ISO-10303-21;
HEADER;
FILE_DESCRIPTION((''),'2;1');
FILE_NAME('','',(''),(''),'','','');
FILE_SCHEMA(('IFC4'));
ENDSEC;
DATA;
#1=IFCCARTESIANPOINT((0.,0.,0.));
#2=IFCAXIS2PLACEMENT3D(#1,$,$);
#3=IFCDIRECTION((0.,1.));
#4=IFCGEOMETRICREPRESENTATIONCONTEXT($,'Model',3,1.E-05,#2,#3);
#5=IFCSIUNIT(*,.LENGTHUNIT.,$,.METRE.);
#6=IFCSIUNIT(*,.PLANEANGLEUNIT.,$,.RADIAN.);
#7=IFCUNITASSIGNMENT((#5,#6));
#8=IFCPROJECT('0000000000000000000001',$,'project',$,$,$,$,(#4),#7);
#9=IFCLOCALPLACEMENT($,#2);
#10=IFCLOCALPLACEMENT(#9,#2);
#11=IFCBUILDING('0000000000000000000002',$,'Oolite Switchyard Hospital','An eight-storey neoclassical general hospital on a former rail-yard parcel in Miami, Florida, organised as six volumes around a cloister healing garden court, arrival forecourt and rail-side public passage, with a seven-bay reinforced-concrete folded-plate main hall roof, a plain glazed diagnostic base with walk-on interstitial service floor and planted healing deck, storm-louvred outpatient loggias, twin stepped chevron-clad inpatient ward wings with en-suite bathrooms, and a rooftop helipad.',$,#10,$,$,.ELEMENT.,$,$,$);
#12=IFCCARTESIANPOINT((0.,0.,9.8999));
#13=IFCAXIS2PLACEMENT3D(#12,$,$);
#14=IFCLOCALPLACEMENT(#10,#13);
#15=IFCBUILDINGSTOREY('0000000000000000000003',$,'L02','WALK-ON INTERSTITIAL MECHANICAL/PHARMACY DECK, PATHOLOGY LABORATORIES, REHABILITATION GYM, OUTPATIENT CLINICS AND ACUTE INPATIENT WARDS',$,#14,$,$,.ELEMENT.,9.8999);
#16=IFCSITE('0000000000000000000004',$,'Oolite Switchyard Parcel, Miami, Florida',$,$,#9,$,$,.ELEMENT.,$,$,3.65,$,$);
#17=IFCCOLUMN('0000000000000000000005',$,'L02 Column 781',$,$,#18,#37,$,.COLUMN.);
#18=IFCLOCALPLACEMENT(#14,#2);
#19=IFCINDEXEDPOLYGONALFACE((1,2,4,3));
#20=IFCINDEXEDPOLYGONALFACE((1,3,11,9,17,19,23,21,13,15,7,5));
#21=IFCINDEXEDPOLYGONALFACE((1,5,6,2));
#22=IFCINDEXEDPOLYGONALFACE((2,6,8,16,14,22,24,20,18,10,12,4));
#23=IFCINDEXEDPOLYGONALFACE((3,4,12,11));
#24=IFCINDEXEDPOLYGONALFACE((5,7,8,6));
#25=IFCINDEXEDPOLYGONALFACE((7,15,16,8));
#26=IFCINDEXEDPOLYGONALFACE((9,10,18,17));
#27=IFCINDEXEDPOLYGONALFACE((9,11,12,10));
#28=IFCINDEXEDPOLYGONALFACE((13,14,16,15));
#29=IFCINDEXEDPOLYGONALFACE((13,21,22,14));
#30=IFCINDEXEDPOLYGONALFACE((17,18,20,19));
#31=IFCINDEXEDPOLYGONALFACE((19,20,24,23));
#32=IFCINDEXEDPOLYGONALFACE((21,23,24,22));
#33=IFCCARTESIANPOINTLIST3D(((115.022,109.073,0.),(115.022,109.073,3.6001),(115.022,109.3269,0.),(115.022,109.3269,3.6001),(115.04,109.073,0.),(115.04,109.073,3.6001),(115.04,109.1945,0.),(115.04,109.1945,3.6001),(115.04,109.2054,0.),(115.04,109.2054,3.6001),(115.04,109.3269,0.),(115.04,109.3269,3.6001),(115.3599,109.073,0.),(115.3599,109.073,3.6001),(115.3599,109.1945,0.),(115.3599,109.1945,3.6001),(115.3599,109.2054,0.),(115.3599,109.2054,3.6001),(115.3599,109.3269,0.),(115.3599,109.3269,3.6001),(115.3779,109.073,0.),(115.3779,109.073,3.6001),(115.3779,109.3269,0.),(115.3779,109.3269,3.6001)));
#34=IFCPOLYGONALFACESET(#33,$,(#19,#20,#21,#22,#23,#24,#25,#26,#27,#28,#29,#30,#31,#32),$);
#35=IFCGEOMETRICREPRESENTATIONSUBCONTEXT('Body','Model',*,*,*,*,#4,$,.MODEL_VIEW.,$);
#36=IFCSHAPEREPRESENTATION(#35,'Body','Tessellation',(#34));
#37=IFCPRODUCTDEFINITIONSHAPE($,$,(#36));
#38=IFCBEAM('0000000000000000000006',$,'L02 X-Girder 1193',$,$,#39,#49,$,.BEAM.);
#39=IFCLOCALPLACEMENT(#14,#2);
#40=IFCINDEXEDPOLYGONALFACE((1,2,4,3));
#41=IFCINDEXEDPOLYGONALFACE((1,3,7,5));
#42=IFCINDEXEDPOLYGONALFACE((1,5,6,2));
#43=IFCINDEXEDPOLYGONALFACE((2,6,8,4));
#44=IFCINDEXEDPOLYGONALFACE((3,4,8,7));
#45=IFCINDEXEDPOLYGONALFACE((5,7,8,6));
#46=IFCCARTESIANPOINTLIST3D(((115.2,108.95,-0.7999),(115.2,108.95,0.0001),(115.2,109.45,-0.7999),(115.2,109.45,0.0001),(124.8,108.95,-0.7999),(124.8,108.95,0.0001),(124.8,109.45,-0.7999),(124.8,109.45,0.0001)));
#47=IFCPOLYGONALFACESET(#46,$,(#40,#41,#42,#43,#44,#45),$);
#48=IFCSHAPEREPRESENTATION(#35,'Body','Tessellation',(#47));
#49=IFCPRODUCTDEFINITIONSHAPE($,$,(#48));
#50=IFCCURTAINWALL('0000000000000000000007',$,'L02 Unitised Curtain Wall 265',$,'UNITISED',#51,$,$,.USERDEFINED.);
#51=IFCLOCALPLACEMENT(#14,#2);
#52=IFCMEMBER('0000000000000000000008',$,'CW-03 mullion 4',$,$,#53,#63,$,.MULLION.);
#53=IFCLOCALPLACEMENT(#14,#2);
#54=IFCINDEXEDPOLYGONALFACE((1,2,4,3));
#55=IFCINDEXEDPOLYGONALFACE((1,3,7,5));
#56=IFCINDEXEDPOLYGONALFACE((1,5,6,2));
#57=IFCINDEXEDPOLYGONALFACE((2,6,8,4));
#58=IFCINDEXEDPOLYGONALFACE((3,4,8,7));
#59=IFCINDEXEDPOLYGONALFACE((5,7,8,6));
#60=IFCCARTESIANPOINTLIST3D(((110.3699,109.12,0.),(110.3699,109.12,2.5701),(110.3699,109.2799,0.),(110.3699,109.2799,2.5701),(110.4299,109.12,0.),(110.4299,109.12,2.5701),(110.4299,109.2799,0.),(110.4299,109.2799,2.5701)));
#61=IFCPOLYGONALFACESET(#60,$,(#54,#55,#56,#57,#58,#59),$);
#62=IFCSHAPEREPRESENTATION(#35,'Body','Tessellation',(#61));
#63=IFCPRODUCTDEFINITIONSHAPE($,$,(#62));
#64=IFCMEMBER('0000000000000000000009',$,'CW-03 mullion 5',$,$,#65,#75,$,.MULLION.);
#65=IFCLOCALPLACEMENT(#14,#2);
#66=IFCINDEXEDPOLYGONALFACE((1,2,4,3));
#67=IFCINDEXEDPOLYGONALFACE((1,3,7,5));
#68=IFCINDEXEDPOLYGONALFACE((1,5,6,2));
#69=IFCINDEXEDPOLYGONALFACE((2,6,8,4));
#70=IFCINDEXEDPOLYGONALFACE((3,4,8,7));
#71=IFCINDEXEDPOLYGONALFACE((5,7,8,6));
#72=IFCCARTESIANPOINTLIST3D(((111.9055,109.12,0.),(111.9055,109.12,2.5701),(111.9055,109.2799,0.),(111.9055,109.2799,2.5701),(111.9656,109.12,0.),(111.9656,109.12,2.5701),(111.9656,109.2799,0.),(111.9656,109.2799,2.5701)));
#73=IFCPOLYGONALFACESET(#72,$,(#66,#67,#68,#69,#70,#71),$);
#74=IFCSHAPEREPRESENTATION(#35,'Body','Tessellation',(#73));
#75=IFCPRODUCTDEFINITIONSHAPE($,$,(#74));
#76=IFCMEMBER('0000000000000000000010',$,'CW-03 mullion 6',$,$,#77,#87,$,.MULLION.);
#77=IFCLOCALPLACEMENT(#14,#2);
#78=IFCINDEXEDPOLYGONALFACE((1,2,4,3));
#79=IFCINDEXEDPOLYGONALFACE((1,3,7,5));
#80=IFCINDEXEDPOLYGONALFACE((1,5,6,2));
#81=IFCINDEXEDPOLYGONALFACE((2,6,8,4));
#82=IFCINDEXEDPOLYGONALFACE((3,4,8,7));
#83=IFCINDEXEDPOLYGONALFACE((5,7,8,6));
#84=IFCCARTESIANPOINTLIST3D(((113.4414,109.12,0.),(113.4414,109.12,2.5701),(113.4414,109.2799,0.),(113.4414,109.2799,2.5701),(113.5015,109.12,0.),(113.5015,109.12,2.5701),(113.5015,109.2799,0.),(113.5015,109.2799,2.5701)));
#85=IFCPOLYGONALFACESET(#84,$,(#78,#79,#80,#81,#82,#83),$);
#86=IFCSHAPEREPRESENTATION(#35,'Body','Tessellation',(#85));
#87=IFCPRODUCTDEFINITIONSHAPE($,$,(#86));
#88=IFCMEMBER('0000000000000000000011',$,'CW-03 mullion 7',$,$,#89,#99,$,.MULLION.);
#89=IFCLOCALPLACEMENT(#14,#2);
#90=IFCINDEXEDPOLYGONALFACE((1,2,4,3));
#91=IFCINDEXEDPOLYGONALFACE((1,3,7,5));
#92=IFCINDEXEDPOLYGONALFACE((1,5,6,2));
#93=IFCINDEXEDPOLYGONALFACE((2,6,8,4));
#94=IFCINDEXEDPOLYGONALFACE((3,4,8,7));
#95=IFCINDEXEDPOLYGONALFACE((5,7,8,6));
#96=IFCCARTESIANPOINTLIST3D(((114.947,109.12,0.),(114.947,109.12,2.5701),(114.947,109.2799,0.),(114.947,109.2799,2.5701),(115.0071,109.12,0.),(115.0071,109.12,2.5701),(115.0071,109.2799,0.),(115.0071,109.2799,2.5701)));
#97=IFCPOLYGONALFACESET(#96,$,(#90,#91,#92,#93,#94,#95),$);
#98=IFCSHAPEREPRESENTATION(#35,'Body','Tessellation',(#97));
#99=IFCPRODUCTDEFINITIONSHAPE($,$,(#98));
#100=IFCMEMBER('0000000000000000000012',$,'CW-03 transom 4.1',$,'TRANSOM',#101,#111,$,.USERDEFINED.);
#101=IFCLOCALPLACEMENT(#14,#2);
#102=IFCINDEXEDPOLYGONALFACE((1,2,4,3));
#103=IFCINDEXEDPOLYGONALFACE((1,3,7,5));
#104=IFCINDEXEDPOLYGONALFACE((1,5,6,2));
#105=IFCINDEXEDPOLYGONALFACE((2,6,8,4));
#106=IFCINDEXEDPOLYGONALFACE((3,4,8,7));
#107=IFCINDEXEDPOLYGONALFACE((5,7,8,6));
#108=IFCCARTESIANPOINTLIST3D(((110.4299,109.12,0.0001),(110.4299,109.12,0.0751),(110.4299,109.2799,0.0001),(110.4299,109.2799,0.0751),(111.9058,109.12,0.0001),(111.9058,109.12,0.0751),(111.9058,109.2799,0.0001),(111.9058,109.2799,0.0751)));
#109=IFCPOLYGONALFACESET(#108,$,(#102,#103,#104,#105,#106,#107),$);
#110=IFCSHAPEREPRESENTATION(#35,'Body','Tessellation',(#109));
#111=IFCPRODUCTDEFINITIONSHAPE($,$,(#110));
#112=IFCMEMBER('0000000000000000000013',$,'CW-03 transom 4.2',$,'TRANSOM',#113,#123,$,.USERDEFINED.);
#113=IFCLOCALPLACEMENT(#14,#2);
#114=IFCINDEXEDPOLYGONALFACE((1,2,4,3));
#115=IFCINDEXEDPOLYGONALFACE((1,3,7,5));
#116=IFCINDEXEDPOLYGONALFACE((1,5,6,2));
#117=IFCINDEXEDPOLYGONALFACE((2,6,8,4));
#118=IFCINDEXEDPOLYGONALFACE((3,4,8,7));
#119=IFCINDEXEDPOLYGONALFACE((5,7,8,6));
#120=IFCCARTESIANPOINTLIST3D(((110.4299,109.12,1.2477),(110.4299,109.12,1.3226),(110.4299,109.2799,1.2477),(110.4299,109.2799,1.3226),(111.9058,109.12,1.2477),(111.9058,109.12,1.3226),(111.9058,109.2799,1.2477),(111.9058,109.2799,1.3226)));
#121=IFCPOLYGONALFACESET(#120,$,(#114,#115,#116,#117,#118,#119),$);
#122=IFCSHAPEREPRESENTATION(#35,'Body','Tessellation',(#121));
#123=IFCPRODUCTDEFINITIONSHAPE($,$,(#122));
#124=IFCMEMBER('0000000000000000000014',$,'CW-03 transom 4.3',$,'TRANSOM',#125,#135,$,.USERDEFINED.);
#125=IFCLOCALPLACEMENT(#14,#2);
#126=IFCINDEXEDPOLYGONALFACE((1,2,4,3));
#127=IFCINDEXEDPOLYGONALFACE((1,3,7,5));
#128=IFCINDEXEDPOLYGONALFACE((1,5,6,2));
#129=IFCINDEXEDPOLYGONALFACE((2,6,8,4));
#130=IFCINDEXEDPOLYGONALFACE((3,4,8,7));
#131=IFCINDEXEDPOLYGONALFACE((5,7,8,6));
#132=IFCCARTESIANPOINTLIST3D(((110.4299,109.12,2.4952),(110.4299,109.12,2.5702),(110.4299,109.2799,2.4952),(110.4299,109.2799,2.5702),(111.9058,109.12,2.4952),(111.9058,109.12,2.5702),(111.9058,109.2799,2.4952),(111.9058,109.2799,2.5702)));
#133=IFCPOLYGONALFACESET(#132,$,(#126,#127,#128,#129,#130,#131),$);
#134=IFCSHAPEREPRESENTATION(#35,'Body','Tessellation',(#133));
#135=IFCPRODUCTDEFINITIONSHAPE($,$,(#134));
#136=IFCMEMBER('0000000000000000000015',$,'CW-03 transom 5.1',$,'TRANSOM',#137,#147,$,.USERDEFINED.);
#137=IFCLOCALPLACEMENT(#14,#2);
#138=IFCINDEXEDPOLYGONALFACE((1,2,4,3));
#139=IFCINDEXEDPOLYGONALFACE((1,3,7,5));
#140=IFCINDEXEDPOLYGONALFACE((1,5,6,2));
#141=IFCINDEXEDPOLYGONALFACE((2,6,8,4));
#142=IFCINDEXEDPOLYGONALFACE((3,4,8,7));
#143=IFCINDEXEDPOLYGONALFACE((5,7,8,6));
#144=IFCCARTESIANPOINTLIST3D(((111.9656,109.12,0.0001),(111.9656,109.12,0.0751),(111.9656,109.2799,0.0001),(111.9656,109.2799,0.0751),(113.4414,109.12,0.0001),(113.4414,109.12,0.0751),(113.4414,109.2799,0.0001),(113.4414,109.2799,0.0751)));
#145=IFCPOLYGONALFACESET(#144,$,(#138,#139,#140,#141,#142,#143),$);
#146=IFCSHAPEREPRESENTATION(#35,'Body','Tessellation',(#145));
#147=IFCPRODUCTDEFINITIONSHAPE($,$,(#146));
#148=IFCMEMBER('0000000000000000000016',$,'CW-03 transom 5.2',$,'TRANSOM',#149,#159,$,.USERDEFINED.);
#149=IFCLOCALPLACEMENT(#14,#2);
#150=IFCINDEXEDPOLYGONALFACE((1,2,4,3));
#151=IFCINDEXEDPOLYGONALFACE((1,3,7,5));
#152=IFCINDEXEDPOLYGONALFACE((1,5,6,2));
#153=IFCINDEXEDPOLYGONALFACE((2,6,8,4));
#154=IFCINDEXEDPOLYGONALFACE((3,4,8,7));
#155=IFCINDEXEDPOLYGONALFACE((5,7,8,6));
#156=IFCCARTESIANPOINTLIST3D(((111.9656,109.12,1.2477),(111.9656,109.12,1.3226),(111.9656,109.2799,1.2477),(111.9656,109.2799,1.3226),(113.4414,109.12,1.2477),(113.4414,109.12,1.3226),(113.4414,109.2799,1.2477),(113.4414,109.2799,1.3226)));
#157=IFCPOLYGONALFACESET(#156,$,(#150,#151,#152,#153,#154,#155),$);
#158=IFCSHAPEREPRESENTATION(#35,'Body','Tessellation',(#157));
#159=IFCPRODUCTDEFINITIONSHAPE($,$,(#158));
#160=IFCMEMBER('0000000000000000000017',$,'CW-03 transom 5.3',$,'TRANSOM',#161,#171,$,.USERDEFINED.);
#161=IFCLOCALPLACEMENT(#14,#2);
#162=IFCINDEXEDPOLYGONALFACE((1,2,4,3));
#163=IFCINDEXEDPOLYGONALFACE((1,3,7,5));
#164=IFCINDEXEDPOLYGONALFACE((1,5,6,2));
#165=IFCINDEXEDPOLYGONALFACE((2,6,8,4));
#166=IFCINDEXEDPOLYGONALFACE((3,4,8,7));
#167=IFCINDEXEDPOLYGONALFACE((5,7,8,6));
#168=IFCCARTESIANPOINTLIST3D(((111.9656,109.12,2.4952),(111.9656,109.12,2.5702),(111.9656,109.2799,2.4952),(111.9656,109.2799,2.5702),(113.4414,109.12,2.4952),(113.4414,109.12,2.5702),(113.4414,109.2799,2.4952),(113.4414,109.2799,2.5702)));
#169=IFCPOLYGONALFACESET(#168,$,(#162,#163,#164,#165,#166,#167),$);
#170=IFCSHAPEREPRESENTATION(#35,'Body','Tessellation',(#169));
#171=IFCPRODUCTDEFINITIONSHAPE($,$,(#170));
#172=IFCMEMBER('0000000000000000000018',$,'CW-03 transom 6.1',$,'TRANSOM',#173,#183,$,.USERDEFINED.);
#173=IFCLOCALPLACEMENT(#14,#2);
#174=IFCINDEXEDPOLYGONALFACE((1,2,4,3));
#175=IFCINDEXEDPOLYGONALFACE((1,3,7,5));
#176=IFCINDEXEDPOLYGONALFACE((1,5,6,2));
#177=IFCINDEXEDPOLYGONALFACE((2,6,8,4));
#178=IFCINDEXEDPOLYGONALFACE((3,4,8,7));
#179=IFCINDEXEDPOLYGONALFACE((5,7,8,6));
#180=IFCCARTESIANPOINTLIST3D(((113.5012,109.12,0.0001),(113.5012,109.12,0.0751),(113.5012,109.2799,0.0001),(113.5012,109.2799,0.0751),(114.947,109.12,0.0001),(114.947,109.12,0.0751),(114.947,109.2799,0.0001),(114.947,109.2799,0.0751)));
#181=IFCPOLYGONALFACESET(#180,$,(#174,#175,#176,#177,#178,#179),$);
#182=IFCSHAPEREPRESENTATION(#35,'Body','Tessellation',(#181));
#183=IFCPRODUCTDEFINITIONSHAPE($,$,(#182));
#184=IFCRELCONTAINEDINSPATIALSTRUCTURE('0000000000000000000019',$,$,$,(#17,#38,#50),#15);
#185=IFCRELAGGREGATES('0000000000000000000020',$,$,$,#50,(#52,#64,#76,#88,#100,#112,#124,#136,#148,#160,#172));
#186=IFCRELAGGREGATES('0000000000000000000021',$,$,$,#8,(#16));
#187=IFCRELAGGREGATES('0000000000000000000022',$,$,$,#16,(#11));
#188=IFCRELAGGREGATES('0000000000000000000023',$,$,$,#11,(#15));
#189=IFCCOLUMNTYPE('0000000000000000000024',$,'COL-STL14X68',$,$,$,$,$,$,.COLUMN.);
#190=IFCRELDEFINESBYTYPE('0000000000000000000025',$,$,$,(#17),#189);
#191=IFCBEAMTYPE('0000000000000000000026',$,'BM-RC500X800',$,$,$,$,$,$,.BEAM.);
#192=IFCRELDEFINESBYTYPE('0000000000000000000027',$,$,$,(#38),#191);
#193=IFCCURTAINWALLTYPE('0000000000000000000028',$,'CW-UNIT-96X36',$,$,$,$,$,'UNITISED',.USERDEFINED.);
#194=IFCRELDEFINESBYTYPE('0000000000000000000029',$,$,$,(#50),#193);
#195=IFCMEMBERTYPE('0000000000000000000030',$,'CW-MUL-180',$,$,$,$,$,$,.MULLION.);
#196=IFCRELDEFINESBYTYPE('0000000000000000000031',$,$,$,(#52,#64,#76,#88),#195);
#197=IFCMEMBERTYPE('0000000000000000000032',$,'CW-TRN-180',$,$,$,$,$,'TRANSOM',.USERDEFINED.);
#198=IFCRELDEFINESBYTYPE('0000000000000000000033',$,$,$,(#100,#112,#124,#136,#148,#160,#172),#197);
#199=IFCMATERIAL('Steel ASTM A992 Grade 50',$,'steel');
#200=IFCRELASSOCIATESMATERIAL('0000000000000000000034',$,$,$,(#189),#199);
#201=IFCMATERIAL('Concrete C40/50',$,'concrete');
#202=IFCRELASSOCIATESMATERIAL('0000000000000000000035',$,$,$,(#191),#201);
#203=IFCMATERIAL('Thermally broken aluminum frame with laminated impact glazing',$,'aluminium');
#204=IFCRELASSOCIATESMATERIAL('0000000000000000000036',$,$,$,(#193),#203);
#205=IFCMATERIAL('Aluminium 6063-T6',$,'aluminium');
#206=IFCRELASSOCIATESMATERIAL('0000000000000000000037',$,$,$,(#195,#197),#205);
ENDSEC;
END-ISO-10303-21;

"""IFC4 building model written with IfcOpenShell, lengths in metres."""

from ifc_helpers import new_model, si_unit, direction, frame, origin, origin_2d, place, context, subcontext, project, spatial, rectangle, i_section, extrude, material, material_profile, profile_set, type_object, element, aggregate, save


model = new_model("IFC4")

# Units and contexts
model_context = context("Model", 3, precision=1e-05, world=origin(), true_north=direction((0.0, 1.0)))
body_context = subcontext(model_context, "Body", "Model", "MODEL_VIEW")
ifc_project = project(units=[si_unit("LENGTHUNIT", "METRE"), si_unit("PLANEANGLEUNIT", "RADIAN")], contexts=[model_context])

# Site, building, storey
site_placement = place(None, origin())
site = spatial("IfcSite", under=ifc_project, at=site_placement, Name="Oolite Switchyard Parcel, Miami, Florida", CompositionType="ELEMENT", RefElevation=3.65)
building_placement = place(site_placement, origin())
building = spatial("IfcBuilding", under=site, at=building_placement, Name="Oolite Switchyard Hospital", Description="An eight-storey neoclassical general hospital on a former rail-yard parcel in Miami, Florida, organised as six volumes around a cloister healing garden court, arrival forecourt and rail-side public passage, with a seven-bay reinforced-concrete folded-plate main hall roof, a plain glazed diagnostic base with walk-on interstitial service floor and planted healing deck, storm-louvred outpatient loggias, twin stepped chevron-clad inpatient ward wings with en-suite bathrooms, and a rooftop helipad.", CompositionType="ELEMENT")
storey_placement = place(building_placement, frame((0.0, 0.0, 9.8999)))
storey = spatial("IfcBuildingStorey", under=building, at=storey_placement, Name="L02", Description="WALK-ON INTERSTITIAL MECHANICAL/PHARMACY DECK, PATHOLOGY LABORATORIES, REHABILITATION GYM, OUTPATIENT CLINICS AND ACUTE INPATIENT WARDS", CompositionType="ELEMENT", Elevation=9.8999)

# Column
ifc_material_1 = material(Name="Steel ASTM A992 Grade 50", Category="steel")
ifc_material_profile_1 = material_profile(ifc_material_1, i_section(OverallWidth=0.2539, OverallDepth=0.356, WebThickness=0.011, FlangeThickness=0.0181, at=origin_2d()), Name="W14X68")
ifc_profile_set_1 = profile_set([ifc_material_profile_1], Name="Steel ASTM A992 Grade 50")
column_type = type_object("IfcColumnType", Name="COL-STL14X68", PredefinedType="COLUMN", material=ifc_profile_set_1)
column_placement = place(storey_placement, frame((115.2, 109.2, 0.0), z_axis=(0.0, 0.0, 1.0), x_axis=(0.0, -1.0, 0.0)))
element("IfcColumn", 1, at=column_placement, inside=storey, type_object=column_type, Name="L02 Column 781", PredefinedType="COLUMN", context=body_context, shape_type="SweptSolid", body=[
    extrude(i_section(OverallWidth=0.2539, OverallDepth=0.356, WebThickness=0.011, FlangeThickness=0.0181, at=origin_2d()), origin(), (0.0, 0.0, 1.0), 3.6001),
])

# Beam
ifc_material_2 = material(Name="Concrete C40/50", Category="concrete")
ifc_material_profile_2 = material_profile(ifc_material_2, rectangle(XDim=0.5, YDim=0.8, at=origin_2d()), Name="RCB500X800")
ifc_profile_set_2 = profile_set([ifc_material_profile_2], Name="Concrete C40/50")
beam_type = type_object("IfcBeamType", Name="BM-RC500X800", PredefinedType="BEAM", material=ifc_profile_set_2)
beam_placement = place(storey_placement, frame((115.2, 109.2, -0.3999), z_axis=(1.0, 0.0, 0.0), x_axis=(0.0, 1.0, 0.0)))
element("IfcBeam", 2, at=beam_placement, inside=storey, type_object=beam_type, Name="L02 X-Girder 1193", PredefinedType="BEAM", context=body_context, shape_type="SweptSolid", body=[
    extrude(rectangle(XDim=0.5, YDim=0.8, at=origin_2d()), origin(), (0.0, 0.0, 1.0), 9.6001),
])

# Curtain wall, members
ifc_material_3 = material(Name="Thermally broken aluminum frame with laminated impact glazing", Category="aluminium")
curtain_wall_type = type_object("IfcCurtainWallType", Name="CW-UNIT-96X36", ElementType="UNITISED", PredefinedType="USERDEFINED", material=ifc_material_3)
curtain_wall_placement = place(storey_placement, origin())
curtain_wall = element("IfcCurtainWall", 3, at=curtain_wall_placement, inside=storey, type_object=curtain_wall_type, Name="L02 Unitised Curtain Wall 265", ObjectType="UNITISED", PredefinedType="USERDEFINED")
ifc_material_4 = material(Name="Aluminium 6063-T6", Category="aluminium")
ifc_material_profile_3 = material_profile(ifc_material_4, rectangle(XDim=0.1599, YDim=0.0601, at=origin_2d()), Name="CWM60X160")
ifc_profile_set_3 = profile_set([ifc_material_profile_3], Name="Aluminium 6063-T6")
member_type_1 = type_object("IfcMemberType", Name="CW-MUL-180", PredefinedType="MULLION", material=ifc_profile_set_3)
member_1_placement = place(storey_placement, frame((110.3999, 109.2, 0.0), z_axis=(0.0, 0.0, 1.0), x_axis=(0.0, 1.0, 0.0)))
member_1 = element("IfcMember", 4, at=member_1_placement, type_object=member_type_1, Name="CW-03 mullion 4", PredefinedType="MULLION", context=body_context, shape_type="SweptSolid", body=[
    extrude(rectangle(XDim=0.1599, YDim=0.0601, at=origin_2d()), origin(), (0.0, 0.0, 1.0), 2.5701),
])
member_2_placement = place(storey_placement, frame((111.9355, 109.2, 0.0), z_axis=(0.0, 0.0, 1.0), x_axis=(0.0, 1.0, 0.0)))
member_2 = element("IfcMember", 5, at=member_2_placement, type_object=member_type_1, Name="CW-03 mullion 5", PredefinedType="MULLION", context=body_context, shape_type="SweptSolid", body=[
    extrude(rectangle(XDim=0.1599, YDim=0.0601, at=origin_2d()), origin(), (0.0, 0.0, 1.0), 2.5701),
])
member_3_placement = place(storey_placement, frame((113.4714, 109.2, 0.0), z_axis=(0.0, 0.0, 1.0), x_axis=(0.0, 1.0, 0.0)))
member_3 = element("IfcMember", 6, at=member_3_placement, type_object=member_type_1, Name="CW-03 mullion 6", PredefinedType="MULLION", context=body_context, shape_type="SweptSolid", body=[
    extrude(rectangle(XDim=0.1599, YDim=0.0601, at=origin_2d()), origin(), (0.0, 0.0, 1.0), 2.5701),
])
member_4_placement = place(storey_placement, frame((114.9771, 109.2, 0.0), z_axis=(0.0, 0.0, 1.0), x_axis=(0.0, 1.0, 0.0)))
member_4 = element("IfcMember", 7, at=member_4_placement, type_object=member_type_1, Name="CW-03 mullion 7", PredefinedType="MULLION", context=body_context, shape_type="SweptSolid", body=[
    extrude(rectangle(XDim=0.1599, YDim=0.0601, at=origin_2d()), origin(), (0.0, 0.0, 1.0), 2.5701),
])
ifc_material_profile_4 = material_profile(ifc_material_4, rectangle(XDim=0.1599, YDim=0.075, at=origin_2d()), Name="CWT75X160")
ifc_profile_set_4 = profile_set([ifc_material_profile_4], Name="Aluminium 6063-T6")
member_type_2 = type_object("IfcMemberType", Name="CW-TRN-180", ElementType="TRANSOM", PredefinedType="USERDEFINED", material=ifc_profile_set_4)
member_5_placement = place(storey_placement, frame((110.4299, 109.2, 0.0376), z_axis=(1.0, 0.0, 0.0), x_axis=(0.0, 1.0, 0.0)))
member_5 = element("IfcMember", 8, at=member_5_placement, type_object=member_type_2, Name="CW-03 transom 4.1", ObjectType="TRANSOM", PredefinedType="USERDEFINED", context=body_context, shape_type="SweptSolid", body=[
    extrude(rectangle(XDim=0.1599, YDim=0.075, at=origin_2d()), origin(), (0.0, 0.0, 1.0), 1.4758),
])
member_6_placement = place(storey_placement, frame((110.4299, 109.2, 1.2852), z_axis=(1.0, 0.0, 0.0), x_axis=(0.0, 1.0, 0.0)))
member_6 = element("IfcMember", 9, at=member_6_placement, type_object=member_type_2, Name="CW-03 transom 4.2", ObjectType="TRANSOM", PredefinedType="USERDEFINED", context=body_context, shape_type="SweptSolid", body=[
    extrude(rectangle(XDim=0.1599, YDim=0.075, at=origin_2d()), origin(), (0.0, 0.0, 1.0), 1.4758),
])
member_7_placement = place(storey_placement, frame((110.4299, 109.2, 2.5327), z_axis=(1.0, 0.0, 0.0), x_axis=(0.0, 1.0, 0.0)))
member_7 = element("IfcMember", 10, at=member_7_placement, type_object=member_type_2, Name="CW-03 transom 4.3", ObjectType="TRANSOM", PredefinedType="USERDEFINED", context=body_context, shape_type="SweptSolid", body=[
    extrude(rectangle(XDim=0.1599, YDim=0.075, at=origin_2d()), origin(), (0.0, 0.0, 1.0), 1.4758),
])
member_8_placement = place(storey_placement, frame((111.9656, 109.2, 0.0376), z_axis=(1.0, 0.0, 0.0), x_axis=(0.0, 1.0, 0.0)))
member_8 = element("IfcMember", 11, at=member_8_placement, type_object=member_type_2, Name="CW-03 transom 5.1", ObjectType="TRANSOM", PredefinedType="USERDEFINED", context=body_context, shape_type="SweptSolid", body=[
    extrude(rectangle(XDim=0.1599, YDim=0.075, at=origin_2d()), origin(), (0.0, 0.0, 1.0), 1.4758),
])
member_9_placement = place(storey_placement, frame((111.9656, 109.2, 1.2852), z_axis=(1.0, 0.0, 0.0), x_axis=(0.0, 1.0, 0.0)))
member_9 = element("IfcMember", 12, at=member_9_placement, type_object=member_type_2, Name="CW-03 transom 5.2", ObjectType="TRANSOM", PredefinedType="USERDEFINED", context=body_context, shape_type="SweptSolid", body=[
    extrude(rectangle(XDim=0.1599, YDim=0.075, at=origin_2d()), origin(), (0.0, 0.0, 1.0), 1.4758),
])
member_10_placement = place(storey_placement, frame((111.9656, 109.2, 2.5327), z_axis=(1.0, 0.0, 0.0), x_axis=(0.0, 1.0, 0.0)))
member_10 = element("IfcMember", 13, at=member_10_placement, type_object=member_type_2, Name="CW-03 transom 5.3", ObjectType="TRANSOM", PredefinedType="USERDEFINED", context=body_context, shape_type="SweptSolid", body=[
    extrude(rectangle(XDim=0.1599, YDim=0.075, at=origin_2d()), origin(), (0.0, 0.0, 1.0), 1.4758),
])
member_11_placement = place(storey_placement, frame((113.5012, 109.2, 0.0376), z_axis=(1.0, 0.0, 0.0), x_axis=(0.0, 1.0, 0.0)))
member_11 = element("IfcMember", 14, at=member_11_placement, type_object=member_type_2, Name="CW-03 transom 6.1", ObjectType="TRANSOM", PredefinedType="USERDEFINED", context=body_context, shape_type="SweptSolid", body=[
    extrude(rectangle(XDim=0.1599, YDim=0.075, at=origin_2d()), origin(), (0.0, 0.0, 1.0), 1.4458),
])
aggregate(curtain_wall, [member_1, member_2, member_3, member_4, member_5, member_6, member_7, member_8, member_9, member_10, member_11])

save(model, "model.ifc")
